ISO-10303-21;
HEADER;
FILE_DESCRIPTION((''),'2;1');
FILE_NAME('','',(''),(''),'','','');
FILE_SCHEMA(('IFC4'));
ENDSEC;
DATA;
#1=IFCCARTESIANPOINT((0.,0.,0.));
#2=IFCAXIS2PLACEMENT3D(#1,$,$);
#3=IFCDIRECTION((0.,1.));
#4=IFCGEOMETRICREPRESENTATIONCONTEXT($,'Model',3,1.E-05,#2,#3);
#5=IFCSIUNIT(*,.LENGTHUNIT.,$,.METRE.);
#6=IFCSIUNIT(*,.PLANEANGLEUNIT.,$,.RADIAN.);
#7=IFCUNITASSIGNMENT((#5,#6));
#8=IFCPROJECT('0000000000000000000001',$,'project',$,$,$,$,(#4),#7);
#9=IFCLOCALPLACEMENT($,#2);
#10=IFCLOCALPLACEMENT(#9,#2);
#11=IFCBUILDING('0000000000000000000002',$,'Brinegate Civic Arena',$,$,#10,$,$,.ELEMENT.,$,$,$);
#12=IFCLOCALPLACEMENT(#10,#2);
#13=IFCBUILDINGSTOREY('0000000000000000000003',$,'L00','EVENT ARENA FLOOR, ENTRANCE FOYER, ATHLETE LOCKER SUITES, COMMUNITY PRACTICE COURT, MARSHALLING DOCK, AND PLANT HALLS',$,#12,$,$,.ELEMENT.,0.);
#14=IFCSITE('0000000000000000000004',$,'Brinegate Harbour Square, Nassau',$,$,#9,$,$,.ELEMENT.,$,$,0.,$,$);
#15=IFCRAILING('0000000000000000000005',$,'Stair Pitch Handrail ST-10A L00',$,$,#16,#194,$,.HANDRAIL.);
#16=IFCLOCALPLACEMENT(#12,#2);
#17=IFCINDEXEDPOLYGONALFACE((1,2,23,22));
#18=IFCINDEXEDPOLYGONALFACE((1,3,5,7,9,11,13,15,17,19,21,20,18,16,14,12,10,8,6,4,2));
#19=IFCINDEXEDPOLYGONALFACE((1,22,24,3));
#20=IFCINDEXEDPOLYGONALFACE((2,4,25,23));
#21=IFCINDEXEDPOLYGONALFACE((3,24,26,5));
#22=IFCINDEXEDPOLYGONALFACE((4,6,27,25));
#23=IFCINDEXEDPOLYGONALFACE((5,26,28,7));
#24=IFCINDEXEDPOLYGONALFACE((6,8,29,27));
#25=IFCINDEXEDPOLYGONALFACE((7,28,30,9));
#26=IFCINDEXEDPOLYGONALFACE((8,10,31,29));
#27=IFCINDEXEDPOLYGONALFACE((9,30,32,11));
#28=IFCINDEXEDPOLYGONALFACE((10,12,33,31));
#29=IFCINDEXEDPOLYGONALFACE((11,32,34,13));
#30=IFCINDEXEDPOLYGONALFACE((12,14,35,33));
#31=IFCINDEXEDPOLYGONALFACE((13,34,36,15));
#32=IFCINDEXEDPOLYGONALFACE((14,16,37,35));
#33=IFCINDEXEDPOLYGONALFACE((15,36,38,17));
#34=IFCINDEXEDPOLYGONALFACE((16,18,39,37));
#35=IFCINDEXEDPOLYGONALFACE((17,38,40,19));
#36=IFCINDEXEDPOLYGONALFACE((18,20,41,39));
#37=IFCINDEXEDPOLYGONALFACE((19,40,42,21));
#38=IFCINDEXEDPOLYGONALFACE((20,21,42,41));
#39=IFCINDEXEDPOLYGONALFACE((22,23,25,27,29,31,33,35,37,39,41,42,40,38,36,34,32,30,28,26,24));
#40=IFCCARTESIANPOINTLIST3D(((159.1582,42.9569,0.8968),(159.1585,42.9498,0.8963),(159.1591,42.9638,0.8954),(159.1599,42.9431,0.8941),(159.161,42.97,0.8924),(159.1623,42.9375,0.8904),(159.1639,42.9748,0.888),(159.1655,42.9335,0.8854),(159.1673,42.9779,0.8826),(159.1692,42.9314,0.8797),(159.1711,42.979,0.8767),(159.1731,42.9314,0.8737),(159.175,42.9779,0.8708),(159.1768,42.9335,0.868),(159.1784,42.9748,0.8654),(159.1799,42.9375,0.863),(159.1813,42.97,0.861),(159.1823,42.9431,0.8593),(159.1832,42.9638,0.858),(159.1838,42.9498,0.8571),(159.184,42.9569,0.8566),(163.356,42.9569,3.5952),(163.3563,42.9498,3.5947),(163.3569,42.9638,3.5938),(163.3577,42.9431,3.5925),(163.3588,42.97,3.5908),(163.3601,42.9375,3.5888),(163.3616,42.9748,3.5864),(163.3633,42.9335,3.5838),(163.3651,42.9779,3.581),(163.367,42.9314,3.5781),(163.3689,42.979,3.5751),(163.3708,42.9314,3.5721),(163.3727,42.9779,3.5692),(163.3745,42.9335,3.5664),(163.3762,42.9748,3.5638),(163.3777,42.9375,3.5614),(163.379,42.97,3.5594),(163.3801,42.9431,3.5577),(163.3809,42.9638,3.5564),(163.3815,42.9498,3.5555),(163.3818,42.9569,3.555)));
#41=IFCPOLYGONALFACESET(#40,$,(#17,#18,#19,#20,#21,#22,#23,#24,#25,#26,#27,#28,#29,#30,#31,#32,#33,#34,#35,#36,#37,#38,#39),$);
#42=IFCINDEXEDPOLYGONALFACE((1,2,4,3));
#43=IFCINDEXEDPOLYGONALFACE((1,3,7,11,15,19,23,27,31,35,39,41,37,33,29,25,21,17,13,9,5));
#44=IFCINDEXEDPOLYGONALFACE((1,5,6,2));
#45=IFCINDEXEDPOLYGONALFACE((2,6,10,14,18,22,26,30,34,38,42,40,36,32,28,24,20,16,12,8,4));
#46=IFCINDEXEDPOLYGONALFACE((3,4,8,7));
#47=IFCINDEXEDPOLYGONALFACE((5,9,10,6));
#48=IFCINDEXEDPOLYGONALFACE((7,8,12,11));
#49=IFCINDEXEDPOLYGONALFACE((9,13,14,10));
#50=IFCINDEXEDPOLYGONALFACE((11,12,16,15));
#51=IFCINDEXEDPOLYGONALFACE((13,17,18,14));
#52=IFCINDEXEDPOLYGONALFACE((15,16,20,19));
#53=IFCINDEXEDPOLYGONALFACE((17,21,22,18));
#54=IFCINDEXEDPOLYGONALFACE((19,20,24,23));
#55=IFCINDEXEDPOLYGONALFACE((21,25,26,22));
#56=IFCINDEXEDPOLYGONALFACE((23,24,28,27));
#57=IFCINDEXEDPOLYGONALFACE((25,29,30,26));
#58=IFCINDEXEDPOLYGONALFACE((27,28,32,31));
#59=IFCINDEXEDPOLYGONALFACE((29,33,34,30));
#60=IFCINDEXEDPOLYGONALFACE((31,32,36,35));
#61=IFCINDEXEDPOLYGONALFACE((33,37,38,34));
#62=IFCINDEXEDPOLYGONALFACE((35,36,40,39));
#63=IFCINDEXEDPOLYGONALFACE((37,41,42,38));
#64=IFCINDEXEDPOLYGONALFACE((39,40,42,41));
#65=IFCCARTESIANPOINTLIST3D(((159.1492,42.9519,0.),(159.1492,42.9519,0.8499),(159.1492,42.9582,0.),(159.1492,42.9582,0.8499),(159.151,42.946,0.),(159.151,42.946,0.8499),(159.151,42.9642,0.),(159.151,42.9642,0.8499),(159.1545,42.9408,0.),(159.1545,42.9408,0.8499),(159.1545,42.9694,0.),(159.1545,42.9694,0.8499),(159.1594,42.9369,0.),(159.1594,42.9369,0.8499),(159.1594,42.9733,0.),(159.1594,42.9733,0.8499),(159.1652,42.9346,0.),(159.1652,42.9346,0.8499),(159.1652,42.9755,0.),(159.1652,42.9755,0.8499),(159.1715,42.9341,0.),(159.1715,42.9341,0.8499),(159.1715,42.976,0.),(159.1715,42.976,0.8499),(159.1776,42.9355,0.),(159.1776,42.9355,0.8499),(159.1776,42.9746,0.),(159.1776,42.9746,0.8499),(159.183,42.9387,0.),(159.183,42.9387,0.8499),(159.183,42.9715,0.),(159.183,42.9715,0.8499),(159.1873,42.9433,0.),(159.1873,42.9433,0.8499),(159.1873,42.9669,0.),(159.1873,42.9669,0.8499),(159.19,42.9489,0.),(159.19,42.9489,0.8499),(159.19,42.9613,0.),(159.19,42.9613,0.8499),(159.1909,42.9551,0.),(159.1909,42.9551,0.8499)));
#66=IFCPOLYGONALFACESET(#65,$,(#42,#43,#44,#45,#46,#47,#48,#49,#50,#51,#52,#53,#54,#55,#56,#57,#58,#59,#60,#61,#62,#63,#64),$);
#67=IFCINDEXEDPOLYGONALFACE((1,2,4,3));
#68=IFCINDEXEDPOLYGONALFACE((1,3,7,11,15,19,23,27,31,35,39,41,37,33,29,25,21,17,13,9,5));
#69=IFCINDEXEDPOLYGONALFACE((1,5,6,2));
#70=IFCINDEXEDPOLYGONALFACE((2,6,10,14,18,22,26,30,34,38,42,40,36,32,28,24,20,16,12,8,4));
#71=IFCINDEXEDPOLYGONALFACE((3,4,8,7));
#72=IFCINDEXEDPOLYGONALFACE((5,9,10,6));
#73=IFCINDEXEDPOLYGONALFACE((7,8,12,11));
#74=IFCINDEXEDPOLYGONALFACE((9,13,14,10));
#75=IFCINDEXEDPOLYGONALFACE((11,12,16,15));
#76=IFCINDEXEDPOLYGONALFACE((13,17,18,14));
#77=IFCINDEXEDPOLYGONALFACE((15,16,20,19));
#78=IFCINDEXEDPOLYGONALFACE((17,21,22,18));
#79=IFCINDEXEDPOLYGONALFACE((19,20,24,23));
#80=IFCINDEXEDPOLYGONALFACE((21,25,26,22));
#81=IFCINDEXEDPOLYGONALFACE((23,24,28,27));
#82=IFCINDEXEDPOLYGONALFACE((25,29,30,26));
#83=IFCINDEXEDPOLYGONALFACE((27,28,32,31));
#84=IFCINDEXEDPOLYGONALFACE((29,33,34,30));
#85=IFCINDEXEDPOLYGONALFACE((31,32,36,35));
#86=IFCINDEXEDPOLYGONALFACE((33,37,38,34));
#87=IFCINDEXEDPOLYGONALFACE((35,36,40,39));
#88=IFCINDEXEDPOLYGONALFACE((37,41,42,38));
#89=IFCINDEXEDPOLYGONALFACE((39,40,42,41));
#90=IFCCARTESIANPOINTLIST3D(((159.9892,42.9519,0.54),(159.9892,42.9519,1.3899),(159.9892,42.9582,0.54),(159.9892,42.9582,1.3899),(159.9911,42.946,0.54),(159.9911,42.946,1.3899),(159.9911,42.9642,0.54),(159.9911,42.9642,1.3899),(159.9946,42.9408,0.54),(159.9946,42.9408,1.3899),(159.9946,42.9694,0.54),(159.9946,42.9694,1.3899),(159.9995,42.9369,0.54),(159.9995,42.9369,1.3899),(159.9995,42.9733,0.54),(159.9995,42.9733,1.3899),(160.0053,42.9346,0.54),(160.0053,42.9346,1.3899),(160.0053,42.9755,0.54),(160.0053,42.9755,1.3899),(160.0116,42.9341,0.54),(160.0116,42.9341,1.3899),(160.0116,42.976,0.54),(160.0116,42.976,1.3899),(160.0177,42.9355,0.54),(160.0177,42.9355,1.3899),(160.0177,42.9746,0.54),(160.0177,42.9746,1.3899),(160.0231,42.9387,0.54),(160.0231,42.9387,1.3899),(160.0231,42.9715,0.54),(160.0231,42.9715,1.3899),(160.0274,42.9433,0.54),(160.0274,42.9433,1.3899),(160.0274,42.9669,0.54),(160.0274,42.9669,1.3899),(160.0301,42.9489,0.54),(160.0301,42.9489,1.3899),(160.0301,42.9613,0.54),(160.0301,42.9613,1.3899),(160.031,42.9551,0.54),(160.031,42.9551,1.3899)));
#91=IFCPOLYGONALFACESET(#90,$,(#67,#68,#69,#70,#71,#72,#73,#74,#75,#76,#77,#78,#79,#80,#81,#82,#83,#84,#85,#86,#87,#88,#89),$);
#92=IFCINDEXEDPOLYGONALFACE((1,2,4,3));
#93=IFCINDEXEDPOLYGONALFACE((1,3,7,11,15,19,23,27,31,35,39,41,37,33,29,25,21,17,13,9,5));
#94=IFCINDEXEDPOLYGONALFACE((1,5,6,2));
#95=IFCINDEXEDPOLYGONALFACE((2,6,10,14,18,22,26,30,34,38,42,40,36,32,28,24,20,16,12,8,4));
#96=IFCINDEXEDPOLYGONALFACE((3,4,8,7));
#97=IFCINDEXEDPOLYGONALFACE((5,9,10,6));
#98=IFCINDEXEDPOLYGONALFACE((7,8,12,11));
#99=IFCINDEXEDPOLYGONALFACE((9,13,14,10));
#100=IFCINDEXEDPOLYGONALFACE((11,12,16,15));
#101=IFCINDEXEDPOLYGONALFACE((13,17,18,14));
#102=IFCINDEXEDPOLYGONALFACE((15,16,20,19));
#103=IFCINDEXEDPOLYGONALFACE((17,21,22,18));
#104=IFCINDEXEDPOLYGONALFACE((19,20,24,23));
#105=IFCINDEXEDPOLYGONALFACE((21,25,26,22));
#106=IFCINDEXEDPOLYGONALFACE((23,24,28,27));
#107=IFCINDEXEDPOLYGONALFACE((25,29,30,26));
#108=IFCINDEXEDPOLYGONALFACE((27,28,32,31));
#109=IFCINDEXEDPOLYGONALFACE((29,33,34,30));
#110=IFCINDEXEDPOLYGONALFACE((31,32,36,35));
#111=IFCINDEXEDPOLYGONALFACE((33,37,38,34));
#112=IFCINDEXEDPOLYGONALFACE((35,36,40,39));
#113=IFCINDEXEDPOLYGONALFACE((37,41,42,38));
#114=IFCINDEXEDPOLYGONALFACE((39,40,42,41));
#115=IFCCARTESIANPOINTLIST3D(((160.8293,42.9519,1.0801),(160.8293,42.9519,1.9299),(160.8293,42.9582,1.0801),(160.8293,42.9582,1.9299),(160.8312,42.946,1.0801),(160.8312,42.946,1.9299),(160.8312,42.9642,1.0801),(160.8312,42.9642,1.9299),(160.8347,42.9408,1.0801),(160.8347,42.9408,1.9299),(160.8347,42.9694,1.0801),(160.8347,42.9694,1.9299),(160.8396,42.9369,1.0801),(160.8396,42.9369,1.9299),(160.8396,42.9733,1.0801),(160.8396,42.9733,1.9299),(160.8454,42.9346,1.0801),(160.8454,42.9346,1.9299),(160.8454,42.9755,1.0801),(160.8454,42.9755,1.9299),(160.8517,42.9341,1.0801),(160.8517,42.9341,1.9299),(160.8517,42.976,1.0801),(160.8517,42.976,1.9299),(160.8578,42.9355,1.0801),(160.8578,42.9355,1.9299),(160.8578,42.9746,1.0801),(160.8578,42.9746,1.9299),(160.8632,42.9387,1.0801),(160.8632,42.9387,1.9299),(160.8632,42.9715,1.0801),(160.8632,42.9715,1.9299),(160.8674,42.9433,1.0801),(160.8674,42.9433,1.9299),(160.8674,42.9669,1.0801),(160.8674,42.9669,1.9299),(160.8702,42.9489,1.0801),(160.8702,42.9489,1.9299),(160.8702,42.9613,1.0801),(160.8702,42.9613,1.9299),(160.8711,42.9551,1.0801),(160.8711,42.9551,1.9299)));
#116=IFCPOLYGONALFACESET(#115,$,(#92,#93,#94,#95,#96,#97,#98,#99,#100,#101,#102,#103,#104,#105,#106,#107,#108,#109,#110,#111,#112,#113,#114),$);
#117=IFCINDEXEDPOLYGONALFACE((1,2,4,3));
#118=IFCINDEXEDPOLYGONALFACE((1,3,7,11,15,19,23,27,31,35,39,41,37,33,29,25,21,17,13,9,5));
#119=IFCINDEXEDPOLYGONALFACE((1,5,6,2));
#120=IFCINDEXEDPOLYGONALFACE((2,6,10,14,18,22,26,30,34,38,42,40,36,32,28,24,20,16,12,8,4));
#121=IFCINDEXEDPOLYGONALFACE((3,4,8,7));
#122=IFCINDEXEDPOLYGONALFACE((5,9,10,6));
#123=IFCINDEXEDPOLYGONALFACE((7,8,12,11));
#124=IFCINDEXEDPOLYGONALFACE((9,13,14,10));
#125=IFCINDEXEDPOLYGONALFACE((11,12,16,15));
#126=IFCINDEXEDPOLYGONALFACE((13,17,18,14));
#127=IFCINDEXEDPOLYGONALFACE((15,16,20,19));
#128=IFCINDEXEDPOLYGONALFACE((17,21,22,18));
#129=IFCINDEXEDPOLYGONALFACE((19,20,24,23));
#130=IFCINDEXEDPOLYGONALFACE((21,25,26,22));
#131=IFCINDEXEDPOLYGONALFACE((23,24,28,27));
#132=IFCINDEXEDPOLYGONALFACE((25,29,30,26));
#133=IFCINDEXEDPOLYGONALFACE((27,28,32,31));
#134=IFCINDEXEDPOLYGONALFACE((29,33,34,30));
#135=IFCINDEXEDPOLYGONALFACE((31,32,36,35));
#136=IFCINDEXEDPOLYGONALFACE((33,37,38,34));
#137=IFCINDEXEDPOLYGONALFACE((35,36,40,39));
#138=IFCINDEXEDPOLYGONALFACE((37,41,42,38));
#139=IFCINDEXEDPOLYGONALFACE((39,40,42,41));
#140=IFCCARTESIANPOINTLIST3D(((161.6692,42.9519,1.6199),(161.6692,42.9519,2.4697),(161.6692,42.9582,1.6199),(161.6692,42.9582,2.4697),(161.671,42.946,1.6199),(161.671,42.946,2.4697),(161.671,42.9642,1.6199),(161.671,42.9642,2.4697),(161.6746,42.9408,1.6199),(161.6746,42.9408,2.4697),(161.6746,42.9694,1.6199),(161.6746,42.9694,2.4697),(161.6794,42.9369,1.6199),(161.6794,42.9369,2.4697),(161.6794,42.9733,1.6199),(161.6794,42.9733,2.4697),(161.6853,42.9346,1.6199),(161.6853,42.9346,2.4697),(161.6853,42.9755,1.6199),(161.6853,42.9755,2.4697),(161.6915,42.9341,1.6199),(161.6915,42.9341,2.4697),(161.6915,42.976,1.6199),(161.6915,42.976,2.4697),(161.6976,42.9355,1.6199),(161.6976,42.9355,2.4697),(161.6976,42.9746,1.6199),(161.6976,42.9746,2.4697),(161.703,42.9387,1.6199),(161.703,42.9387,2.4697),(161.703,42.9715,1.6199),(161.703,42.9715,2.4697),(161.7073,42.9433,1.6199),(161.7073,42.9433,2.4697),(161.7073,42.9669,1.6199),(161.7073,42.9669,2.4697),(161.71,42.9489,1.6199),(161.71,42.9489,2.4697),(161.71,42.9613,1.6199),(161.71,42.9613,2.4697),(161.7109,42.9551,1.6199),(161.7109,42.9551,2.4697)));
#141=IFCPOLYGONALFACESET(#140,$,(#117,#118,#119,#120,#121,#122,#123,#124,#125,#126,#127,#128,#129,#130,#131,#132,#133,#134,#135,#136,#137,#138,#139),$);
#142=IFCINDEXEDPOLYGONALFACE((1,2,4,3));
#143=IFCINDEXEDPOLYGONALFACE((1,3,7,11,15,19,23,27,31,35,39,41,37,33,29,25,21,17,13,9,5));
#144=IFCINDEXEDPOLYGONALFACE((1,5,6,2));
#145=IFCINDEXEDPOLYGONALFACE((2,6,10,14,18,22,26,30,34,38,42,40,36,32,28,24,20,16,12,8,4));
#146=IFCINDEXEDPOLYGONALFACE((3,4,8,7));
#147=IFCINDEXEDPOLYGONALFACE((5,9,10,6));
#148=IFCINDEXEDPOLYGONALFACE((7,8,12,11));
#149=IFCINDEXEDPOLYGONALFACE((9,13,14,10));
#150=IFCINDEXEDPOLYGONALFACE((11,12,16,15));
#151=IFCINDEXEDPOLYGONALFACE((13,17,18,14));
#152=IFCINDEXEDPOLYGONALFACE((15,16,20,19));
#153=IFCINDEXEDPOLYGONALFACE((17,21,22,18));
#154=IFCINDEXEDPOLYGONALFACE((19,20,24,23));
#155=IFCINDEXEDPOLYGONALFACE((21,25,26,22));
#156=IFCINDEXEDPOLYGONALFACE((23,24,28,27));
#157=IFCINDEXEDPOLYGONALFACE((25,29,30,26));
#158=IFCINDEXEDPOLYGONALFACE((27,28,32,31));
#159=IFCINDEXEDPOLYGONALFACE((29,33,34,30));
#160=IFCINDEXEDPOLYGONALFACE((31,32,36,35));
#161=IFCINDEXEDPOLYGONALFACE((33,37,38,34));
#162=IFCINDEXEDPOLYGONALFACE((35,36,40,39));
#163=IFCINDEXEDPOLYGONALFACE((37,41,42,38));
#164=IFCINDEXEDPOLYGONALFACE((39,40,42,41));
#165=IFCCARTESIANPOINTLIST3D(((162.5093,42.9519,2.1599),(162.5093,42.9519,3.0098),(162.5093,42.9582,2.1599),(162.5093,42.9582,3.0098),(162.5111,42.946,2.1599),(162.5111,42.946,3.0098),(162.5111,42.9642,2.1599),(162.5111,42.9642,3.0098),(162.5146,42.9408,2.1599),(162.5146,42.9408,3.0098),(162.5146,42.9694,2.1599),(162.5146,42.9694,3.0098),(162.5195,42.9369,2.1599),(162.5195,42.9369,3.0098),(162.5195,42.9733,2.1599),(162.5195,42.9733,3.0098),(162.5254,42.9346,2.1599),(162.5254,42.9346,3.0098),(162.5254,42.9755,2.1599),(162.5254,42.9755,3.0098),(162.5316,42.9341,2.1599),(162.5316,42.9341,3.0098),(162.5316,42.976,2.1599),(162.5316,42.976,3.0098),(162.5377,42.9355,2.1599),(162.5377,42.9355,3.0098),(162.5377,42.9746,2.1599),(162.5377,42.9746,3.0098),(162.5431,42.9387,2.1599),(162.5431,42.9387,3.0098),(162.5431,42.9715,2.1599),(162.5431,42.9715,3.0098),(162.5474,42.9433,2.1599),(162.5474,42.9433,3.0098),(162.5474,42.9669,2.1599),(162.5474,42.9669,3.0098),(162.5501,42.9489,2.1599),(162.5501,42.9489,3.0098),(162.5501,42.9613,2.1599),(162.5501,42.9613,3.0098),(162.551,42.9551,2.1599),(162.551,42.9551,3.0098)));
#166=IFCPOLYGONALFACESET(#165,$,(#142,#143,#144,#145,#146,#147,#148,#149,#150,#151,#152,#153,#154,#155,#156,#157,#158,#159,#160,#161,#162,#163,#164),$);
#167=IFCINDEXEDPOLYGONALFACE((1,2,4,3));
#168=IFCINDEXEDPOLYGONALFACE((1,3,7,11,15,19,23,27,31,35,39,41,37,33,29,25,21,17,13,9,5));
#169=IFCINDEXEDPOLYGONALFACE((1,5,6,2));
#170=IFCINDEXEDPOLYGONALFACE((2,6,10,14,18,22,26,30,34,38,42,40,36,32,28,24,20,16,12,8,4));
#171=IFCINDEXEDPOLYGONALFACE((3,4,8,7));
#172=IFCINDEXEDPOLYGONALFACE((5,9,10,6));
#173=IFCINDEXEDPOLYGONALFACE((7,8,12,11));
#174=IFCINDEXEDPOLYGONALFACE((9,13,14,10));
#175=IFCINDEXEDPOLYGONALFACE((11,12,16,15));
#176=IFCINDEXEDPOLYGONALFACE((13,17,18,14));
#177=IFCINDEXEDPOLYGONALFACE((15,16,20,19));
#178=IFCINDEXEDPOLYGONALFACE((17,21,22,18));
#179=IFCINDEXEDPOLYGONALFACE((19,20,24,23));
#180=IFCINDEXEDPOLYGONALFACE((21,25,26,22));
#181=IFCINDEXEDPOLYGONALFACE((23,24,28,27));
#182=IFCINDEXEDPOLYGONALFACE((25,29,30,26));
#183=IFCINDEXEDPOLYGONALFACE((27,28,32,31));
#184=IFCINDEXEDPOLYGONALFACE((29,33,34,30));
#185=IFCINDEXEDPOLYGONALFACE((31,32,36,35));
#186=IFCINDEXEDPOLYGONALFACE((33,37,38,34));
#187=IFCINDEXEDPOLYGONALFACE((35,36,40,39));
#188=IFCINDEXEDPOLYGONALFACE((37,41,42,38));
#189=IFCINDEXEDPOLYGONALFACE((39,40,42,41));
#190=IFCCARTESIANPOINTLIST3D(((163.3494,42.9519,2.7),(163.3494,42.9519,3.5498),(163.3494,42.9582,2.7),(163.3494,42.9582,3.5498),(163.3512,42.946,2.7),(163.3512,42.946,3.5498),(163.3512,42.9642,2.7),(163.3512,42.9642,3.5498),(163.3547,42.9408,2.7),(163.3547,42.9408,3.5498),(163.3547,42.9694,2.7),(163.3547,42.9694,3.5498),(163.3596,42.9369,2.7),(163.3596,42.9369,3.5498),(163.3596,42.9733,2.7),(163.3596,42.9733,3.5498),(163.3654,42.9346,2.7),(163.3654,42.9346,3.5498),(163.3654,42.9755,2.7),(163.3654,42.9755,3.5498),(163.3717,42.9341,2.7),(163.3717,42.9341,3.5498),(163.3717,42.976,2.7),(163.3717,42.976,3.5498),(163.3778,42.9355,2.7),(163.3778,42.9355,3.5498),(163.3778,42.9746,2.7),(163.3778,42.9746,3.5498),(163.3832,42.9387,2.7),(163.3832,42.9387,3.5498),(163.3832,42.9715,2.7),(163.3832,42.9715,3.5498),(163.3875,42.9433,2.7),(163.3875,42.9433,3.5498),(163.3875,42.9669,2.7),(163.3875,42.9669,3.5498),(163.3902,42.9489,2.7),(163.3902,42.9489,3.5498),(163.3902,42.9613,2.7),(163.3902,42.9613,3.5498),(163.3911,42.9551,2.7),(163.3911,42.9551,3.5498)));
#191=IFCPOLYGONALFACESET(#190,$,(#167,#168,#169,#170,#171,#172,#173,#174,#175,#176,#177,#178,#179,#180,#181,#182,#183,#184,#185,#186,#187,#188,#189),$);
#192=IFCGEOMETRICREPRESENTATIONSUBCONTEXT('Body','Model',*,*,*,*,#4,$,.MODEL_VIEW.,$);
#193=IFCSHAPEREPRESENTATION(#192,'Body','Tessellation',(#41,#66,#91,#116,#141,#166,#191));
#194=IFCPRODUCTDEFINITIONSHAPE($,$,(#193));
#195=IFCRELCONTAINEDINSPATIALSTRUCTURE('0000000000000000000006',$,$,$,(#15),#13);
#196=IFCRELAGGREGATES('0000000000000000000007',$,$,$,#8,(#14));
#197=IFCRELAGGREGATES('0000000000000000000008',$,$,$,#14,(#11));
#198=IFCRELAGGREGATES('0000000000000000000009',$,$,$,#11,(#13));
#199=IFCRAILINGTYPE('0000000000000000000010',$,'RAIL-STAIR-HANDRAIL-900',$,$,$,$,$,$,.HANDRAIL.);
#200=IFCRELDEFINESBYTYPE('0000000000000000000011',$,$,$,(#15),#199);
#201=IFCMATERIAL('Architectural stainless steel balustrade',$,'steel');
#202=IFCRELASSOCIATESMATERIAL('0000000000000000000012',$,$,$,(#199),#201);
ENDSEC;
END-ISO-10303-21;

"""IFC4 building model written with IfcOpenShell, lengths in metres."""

from ifc_helpers import new_model, si_unit, direction, frame, origin, origin_2d, place, context, subcontext, project, spatial, circle, extrude, material, type_object, element, save


model = new_model("IFC4")

# Units and contexts
model_context = context("Model", 3, precision=1e-05, world=origin(), true_north=direction((0.0, 1.0)))
body_context = subcontext(model_context, "Body", "Model", "MODEL_VIEW")
ifc_project = project(units=[si_unit("LENGTHUNIT", "METRE"), si_unit("PLANEANGLEUNIT", "RADIAN")], contexts=[model_context])

# Site, building, storey
site_placement = place(None, origin())
site = spatial("IfcSite", under=ifc_project, at=site_placement, Name="Brinegate Harbour Square, Nassau", CompositionType="ELEMENT", RefElevation=0.0)
building_placement = place(site_placement, origin())
building = spatial("IfcBuilding", under=site, at=building_placement, Name="Brinegate Civic Arena", CompositionType="ELEMENT")
storey_placement = place(building_placement, origin())
storey = spatial("IfcBuildingStorey", under=building, at=storey_placement, Name="L00", Description="EVENT ARENA FLOOR, ENTRANCE FOYER, ATHLETE LOCKER SUITES, COMMUNITY PRACTICE COURT, MARSHALLING DOCK, AND PLANT HALLS", CompositionType="ELEMENT", Elevation=0.0)

# Railing
ifc_material_1 = material(Name="Architectural stainless steel balustrade", Category="steel")
railing_type = type_object("IfcRailingType", Name="RAIL-STAIR-HANDRAIL-900", PredefinedType="HANDRAIL", material=ifc_material_1)
for number, where, name in (
    (1, (159.1699, 42.9551, 0.0), "Stair Pitch Handrail ST-10A L00"),
):
    element("IfcRailing", number, at=place(storey_placement, frame(where)), inside=storey, type_object=railing_type, Name=name, PredefinedType="HANDRAIL", context=body_context, shape_type="SweptSolid", body=[
        extrude(circle(Radius=0.0239, at=origin_2d()), frame((0.0012, 0.0, 0.8767), z_axis=(0.841194, 0.0, 0.540733), x_axis=(0.0, 1.0, 0.0)), (0.0, 0.0, 1.0), 4.9902),
        extrude(circle(Radius=0.021, at=origin_2d()), origin(), (0.0, 0.0, 1.0), 0.8499),
        extrude(circle(Radius=0.021, at=origin_2d()), frame((0.8401, 0.0, 0.54)), (0.0, 0.0, 1.0), 0.8499),
        extrude(circle(Radius=0.021, at=origin_2d()), frame((1.6802, 0.0, 1.0801)), (0.0, 0.0, 1.0), 0.8499),
        extrude(circle(Radius=0.021, at=origin_2d()), frame((2.52, 0.0, 1.6199)), (0.0, 0.0, 1.0), 0.8499),
        extrude(circle(Radius=0.021, at=origin_2d()), frame((3.3601, 0.0, 2.1599)), (0.0, 0.0, 1.0), 0.8499),
        extrude(circle(Radius=0.021, at=origin_2d()), frame((4.2002, 0.0, 2.7)), (0.0, 0.0, 1.0), 0.8499),
    ])

save(model, "model.ifc")
